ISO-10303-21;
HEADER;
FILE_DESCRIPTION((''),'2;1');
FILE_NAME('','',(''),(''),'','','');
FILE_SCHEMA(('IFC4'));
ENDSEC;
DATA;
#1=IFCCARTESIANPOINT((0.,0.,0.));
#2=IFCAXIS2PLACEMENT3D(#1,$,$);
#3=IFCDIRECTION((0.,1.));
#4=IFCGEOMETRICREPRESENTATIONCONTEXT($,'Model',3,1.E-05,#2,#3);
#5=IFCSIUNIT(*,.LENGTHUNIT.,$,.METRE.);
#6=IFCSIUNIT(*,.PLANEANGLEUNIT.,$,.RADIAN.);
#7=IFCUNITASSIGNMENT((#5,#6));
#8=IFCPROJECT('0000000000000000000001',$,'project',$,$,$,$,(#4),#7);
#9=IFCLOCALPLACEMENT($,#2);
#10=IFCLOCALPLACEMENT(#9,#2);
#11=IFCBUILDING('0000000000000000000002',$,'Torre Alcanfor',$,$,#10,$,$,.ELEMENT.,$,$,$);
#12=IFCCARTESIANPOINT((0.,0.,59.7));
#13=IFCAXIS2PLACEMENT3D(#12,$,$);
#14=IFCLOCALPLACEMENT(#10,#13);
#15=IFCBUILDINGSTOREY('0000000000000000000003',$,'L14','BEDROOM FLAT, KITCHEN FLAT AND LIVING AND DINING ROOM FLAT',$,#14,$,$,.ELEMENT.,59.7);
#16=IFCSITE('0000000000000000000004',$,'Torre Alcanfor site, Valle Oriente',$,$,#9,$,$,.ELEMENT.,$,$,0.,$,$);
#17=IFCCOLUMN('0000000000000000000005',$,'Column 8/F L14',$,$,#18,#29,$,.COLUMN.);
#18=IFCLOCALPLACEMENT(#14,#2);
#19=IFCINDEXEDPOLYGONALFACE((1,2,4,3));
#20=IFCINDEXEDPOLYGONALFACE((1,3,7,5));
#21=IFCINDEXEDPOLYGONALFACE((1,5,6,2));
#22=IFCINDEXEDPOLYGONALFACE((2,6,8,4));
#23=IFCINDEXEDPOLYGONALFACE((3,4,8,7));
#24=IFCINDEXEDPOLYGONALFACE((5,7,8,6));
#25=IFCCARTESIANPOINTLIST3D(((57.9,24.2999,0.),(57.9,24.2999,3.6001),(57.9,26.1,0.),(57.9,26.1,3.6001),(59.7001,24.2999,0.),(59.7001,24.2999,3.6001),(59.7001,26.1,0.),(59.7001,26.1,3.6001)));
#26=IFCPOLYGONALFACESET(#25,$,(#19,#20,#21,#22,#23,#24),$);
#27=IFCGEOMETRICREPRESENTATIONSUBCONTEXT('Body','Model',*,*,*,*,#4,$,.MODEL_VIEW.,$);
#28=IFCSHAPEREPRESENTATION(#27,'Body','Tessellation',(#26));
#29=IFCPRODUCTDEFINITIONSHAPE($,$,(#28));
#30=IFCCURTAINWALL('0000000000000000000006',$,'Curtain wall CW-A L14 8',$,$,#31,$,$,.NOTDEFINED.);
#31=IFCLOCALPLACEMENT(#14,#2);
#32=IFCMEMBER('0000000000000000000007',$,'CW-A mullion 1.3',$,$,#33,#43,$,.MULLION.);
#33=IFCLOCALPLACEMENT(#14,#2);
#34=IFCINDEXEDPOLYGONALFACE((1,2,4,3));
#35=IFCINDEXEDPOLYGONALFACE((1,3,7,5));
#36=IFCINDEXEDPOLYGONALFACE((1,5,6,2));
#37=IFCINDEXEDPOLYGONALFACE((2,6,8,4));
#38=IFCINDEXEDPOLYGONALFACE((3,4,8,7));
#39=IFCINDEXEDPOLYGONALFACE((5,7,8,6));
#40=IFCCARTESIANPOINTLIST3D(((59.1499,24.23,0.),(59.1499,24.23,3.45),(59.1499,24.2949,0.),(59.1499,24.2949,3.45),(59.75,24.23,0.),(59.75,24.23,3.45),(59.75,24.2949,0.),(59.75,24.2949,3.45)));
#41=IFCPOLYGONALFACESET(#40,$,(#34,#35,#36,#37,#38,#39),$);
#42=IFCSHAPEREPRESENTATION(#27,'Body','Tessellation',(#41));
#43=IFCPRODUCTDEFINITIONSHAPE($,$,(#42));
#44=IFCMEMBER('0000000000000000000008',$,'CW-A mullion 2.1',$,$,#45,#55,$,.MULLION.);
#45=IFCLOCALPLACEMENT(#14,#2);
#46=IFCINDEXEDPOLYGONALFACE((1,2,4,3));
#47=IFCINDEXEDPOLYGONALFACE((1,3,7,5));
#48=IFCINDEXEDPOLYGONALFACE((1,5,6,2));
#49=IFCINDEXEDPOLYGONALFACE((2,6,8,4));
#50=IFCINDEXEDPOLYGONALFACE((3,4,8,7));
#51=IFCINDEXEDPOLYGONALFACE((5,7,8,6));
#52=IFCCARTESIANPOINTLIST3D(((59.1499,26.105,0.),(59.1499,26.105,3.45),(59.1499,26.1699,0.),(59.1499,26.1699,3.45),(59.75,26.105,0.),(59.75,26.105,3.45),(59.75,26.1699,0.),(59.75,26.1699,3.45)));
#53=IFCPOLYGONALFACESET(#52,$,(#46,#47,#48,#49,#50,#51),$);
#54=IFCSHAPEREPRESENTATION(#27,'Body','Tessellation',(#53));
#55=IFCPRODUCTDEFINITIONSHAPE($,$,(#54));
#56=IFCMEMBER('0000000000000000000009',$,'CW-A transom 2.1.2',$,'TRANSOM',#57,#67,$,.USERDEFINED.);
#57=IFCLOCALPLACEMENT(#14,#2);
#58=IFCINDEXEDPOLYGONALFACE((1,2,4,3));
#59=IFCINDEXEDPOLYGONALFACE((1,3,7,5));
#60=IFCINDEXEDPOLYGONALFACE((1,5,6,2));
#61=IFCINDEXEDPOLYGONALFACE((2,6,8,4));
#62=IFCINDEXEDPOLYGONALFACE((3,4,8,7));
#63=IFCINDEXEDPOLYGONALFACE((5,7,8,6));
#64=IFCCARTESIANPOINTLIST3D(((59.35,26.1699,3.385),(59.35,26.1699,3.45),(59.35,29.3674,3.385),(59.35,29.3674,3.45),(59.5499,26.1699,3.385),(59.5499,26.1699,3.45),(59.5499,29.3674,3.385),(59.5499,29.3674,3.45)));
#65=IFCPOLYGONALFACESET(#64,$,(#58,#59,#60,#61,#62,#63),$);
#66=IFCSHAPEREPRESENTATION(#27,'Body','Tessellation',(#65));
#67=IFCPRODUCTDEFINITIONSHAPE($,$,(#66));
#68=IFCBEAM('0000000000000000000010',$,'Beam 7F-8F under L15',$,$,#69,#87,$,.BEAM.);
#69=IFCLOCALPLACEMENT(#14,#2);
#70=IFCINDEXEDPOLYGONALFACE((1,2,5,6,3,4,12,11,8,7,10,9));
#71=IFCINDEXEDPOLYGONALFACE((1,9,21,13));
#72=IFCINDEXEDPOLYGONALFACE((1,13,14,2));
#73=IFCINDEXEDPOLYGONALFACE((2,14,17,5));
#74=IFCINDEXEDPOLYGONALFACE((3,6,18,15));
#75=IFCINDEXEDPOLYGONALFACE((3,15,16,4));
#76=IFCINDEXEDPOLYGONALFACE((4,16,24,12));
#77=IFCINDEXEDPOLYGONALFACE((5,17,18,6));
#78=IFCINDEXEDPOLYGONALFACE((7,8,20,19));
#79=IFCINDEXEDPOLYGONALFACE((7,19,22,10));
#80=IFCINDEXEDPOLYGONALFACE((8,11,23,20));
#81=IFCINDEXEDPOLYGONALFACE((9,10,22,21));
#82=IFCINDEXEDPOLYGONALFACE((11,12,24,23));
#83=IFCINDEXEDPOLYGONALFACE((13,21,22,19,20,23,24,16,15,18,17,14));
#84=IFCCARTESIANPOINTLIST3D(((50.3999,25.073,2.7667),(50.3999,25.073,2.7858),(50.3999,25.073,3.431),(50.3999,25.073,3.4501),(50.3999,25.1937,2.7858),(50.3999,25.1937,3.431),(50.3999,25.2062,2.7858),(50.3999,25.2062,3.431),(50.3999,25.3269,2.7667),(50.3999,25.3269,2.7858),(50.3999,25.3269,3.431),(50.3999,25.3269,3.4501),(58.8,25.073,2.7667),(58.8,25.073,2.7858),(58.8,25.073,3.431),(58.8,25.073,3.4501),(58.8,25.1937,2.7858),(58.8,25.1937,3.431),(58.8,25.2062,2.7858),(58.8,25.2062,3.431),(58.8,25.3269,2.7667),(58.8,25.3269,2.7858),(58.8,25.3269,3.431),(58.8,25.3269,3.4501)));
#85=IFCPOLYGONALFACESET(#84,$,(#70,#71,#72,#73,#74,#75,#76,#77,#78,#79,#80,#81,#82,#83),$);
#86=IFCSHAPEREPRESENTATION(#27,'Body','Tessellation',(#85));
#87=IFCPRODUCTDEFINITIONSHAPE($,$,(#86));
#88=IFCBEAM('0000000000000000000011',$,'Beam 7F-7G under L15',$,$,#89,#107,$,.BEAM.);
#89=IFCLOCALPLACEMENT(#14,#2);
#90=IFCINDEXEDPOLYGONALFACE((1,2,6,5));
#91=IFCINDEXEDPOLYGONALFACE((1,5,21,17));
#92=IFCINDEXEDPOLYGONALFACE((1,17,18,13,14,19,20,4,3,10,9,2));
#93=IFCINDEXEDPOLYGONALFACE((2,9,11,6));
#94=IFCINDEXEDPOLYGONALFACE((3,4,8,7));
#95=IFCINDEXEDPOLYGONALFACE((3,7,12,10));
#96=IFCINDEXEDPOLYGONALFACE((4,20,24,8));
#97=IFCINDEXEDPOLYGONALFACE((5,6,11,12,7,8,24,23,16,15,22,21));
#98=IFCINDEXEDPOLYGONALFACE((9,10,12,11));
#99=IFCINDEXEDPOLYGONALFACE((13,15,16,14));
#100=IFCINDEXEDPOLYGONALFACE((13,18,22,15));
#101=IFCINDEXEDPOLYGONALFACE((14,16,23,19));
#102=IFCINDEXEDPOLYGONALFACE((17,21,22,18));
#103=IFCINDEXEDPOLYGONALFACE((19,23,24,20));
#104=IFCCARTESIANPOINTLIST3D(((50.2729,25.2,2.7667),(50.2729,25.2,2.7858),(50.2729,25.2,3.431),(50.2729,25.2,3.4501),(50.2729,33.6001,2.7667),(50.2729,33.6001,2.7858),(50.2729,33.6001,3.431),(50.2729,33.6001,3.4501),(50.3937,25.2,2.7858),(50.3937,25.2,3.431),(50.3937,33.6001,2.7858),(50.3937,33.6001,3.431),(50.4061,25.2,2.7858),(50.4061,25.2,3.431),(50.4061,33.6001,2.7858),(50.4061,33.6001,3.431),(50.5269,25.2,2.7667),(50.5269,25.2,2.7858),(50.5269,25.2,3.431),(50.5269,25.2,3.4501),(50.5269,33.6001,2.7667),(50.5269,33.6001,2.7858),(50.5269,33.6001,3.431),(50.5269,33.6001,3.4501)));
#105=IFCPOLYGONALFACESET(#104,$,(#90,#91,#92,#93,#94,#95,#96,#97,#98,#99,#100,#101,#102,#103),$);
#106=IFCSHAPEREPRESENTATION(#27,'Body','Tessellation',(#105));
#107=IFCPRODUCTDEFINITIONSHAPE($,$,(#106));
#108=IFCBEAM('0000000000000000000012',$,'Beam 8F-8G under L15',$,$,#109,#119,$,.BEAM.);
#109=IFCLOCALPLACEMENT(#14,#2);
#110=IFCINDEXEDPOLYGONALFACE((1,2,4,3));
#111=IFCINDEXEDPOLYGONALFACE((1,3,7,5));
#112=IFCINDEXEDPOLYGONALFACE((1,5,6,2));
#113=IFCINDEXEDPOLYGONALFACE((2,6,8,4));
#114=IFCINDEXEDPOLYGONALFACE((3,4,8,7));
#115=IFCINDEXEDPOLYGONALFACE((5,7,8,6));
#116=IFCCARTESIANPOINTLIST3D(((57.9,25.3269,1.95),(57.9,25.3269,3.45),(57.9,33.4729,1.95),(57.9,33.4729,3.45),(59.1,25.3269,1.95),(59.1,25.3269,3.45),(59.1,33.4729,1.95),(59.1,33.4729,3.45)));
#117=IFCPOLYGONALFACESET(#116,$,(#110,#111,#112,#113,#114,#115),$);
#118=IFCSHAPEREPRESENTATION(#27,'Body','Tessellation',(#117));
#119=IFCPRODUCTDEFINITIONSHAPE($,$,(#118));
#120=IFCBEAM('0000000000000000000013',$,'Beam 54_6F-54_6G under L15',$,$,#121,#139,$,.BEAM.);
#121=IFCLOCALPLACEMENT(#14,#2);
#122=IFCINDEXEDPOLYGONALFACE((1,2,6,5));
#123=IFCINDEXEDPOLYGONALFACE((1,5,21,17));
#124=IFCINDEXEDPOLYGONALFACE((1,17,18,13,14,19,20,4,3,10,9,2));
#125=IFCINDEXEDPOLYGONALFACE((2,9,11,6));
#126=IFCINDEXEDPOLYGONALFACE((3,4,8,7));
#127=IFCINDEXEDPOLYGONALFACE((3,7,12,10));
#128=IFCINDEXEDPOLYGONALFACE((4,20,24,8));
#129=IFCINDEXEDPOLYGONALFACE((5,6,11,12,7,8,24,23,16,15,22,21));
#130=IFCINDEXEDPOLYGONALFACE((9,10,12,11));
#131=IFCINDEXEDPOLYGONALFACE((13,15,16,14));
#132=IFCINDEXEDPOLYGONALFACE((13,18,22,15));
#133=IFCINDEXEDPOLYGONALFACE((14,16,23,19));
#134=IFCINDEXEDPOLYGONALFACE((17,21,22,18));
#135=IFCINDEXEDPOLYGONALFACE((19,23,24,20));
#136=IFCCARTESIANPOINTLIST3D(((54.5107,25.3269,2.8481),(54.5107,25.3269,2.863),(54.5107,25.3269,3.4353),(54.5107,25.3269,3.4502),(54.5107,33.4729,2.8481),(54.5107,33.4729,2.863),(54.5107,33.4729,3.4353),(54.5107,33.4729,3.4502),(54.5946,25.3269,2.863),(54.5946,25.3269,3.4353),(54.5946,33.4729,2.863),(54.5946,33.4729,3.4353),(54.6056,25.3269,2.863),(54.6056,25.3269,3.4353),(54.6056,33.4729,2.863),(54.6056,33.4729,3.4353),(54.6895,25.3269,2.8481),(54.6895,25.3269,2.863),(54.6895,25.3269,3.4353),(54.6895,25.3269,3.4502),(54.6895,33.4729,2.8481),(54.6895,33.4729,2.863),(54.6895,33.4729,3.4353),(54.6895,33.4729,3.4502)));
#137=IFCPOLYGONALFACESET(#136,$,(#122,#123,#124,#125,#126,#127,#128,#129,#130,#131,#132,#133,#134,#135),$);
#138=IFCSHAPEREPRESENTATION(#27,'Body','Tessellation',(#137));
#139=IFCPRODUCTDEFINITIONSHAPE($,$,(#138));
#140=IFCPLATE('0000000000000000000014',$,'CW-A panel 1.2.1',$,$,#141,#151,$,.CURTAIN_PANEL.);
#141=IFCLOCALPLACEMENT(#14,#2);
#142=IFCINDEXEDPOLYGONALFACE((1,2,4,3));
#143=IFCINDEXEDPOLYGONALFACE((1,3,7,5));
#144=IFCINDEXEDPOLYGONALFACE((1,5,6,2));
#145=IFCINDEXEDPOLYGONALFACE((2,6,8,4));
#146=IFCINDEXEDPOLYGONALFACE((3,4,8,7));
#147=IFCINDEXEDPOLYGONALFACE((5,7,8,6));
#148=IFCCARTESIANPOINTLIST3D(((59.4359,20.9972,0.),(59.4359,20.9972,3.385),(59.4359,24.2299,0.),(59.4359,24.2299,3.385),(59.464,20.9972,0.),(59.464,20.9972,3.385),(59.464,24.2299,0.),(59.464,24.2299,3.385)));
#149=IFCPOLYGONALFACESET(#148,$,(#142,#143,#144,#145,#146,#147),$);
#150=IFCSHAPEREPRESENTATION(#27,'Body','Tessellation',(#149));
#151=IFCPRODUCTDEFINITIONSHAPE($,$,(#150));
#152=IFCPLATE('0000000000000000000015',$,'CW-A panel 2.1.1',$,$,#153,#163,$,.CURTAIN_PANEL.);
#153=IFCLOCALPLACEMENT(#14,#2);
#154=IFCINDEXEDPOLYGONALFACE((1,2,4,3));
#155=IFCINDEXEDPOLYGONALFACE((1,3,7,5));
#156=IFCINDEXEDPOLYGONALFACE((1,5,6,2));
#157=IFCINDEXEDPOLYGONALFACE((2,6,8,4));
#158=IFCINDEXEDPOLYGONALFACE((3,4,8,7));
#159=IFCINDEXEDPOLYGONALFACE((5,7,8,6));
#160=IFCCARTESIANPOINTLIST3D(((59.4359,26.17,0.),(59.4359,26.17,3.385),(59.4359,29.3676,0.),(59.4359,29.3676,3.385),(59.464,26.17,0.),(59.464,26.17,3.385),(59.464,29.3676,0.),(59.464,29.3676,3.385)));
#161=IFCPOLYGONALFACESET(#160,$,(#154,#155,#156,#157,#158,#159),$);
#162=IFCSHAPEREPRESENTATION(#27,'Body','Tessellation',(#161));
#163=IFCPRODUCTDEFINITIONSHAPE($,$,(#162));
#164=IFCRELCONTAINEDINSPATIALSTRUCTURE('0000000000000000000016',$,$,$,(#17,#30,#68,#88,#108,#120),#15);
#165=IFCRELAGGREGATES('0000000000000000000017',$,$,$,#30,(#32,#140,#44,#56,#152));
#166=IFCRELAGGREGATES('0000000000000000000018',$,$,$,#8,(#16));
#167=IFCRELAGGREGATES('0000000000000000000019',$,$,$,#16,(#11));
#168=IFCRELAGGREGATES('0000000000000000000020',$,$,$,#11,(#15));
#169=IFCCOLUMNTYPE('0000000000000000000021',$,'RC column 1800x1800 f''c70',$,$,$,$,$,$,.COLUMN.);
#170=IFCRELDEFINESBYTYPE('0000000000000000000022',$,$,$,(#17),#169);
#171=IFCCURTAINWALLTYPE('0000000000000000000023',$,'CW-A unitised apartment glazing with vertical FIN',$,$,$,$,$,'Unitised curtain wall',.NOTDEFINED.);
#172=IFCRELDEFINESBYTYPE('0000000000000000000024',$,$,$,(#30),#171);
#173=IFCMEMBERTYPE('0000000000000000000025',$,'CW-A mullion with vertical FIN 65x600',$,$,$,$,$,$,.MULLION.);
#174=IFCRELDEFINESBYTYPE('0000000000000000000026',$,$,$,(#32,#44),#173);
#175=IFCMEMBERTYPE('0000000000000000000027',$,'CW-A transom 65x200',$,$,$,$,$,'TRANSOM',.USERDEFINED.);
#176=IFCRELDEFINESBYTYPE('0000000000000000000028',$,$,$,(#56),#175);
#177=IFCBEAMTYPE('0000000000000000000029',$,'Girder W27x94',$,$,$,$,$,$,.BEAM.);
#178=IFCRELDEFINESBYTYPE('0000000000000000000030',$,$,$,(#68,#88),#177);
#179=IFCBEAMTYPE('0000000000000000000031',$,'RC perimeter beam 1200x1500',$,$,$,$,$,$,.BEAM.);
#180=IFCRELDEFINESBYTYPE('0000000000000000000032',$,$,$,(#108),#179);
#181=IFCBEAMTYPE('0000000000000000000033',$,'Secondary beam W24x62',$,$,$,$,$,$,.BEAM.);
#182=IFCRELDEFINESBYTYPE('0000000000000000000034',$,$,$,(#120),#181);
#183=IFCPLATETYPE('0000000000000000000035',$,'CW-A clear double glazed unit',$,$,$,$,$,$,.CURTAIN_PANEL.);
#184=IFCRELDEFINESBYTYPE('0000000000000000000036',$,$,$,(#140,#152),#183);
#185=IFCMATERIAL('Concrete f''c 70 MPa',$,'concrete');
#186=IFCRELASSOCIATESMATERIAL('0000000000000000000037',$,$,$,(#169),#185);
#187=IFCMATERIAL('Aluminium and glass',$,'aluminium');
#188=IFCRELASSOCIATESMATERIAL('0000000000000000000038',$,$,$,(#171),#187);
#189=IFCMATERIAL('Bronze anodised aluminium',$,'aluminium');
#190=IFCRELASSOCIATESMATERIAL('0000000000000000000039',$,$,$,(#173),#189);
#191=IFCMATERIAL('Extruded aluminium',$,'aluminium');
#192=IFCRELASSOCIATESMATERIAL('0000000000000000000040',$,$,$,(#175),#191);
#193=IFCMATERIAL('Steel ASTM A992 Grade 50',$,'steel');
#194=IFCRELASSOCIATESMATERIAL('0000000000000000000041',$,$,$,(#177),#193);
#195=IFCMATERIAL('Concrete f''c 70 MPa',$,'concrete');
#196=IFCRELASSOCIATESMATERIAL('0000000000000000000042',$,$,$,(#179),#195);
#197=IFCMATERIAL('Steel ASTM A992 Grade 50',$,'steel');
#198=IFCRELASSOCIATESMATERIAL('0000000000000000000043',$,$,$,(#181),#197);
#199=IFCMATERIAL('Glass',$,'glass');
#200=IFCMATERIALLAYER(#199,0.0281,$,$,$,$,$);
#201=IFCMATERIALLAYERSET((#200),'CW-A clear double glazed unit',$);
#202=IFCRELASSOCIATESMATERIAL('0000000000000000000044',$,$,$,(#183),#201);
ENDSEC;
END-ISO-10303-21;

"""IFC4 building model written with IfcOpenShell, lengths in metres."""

from ifc_helpers import new_model, si_unit, direction, frame, origin, origin_2d, place, context, subcontext, project, spatial, rectangle, i_section, extrude, material, layer, layer_set, material_profile, profile_set, type_object, element, aggregate, save


model = new_model("IFC4")

# Units and contexts
model_context = context("Model", 3, precision=1e-05, world=origin(), true_north=direction((0.0, 1.0)))
body_context = subcontext(model_context, "Body", "Model", "MODEL_VIEW")
ifc_project = project(units=[si_unit("LENGTHUNIT", "METRE"), si_unit("PLANEANGLEUNIT", "RADIAN")], contexts=[model_context])

# Site, building, storey
site_placement = place(None, origin())
site = spatial("IfcSite", under=ifc_project, at=site_placement, Name="Torre Alcanfor site, Valle Oriente", CompositionType="ELEMENT", RefElevation=0.0)
building_placement = place(site_placement, origin())
building = spatial("IfcBuilding", under=site, at=building_placement, Name="Torre Alcanfor", CompositionType="ELEMENT")
storey_placement = place(building_placement, frame((0.0, 0.0, 59.7)))
storey = spatial("IfcBuildingStorey", under=building, at=storey_placement, Name="L14", Description="BEDROOM FLAT, KITCHEN FLAT AND LIVING AND DINING ROOM FLAT", CompositionType="ELEMENT", Elevation=59.7)

# Column
ifc_material_1 = material(Name="Concrete f'c 70 MPa", Category="concrete")
ifc_material_profile_1 = material_profile(ifc_material_1, rectangle(XDim=1.8, YDim=1.8, at=origin_2d()), Name="1800x1800")
ifc_profile_set_1 = profile_set([ifc_material_profile_1], Name="Concrete f'c 70 MPa")
column_type = type_object("IfcColumnType", Name="RC column 1800x1800 f'c70", PredefinedType="COLUMN", material=ifc_profile_set_1)
column_placement = place(storey_placement, frame((58.8, 25.2, 0.0), z_axis=(0.0, 0.0, 1.0), x_axis=(1.0, 0.0, 0.0)))
element("IfcColumn", 1, at=column_placement, inside=storey, type_object=column_type, Name="Column 8/F L14", PredefinedType="COLUMN", context=body_context, shape_type="SweptSolid", body=[
    extrude(rectangle(XDim=1.8, YDim=1.8, at=origin_2d()), origin(), (0.0, 0.0, 1.0), 3.6001),
])

# Curtain wall, members
ifc_material_2 = material(Name="Aluminium and glass", Category="aluminium")
curtain_wall_type = type_object("IfcCurtainWallType", Name="CW-A unitised apartment glazing with vertical FIN", ElementType="Unitised curtain wall", PredefinedType="NOTDEFINED", material=ifc_material_2)
curtain_wall_placement = place(storey_placement, origin())
curtain_wall = element("IfcCurtainWall", 2, at=curtain_wall_placement, inside=storey, type_object=curtain_wall_type, Name="Curtain wall CW-A L14 8", PredefinedType="NOTDEFINED")
ifc_material_3 = material(Name="Bronze anodised aluminium", Category="aluminium")
ifc_material_profile_2 = material_profile(ifc_material_3, rectangle(XDim=0.6001, YDim=0.0649, at=origin_2d()), Name="CW-A mullion 65x600")
ifc_profile_set_2 = profile_set([ifc_material_profile_2], Name="Bronze anodised aluminium")
member_type_1 = type_object("IfcMemberType", Name="CW-A mullion with vertical FIN 65x600", PredefinedType="MULLION", material=ifc_profile_set_2)
member_1_placement = place(storey_placement, frame((59.45, 24.2625, 0.0), z_axis=(0.0, 0.0, 1.0), x_axis=(-1.0, 0.0, 0.0)))
member_1 = element("IfcMember", 3, at=member_1_placement, type_object=member_type_1, Name="CW-A mullion 1.3", PredefinedType="MULLION", context=body_context, shape_type="SweptSolid", body=[
    extrude(rectangle(XDim=0.6001, YDim=0.0649, at=origin_2d()), origin(), (0.0, 0.0, 1.0), 3.45),
])
member_2_placement = place(storey_placement, frame((59.45, 26.1375, 0.0), z_axis=(0.0, 0.0, 1.0), x_axis=(-1.0, 0.0, 0.0)))
member_2 = element("IfcMember", 4, at=member_2_placement, type_object=member_type_1, Name="CW-A mullion 2.1", PredefinedType="MULLION", context=body_context, shape_type="SweptSolid", body=[
    extrude(rectangle(XDim=0.6001, YDim=0.0649, at=origin_2d()), origin(), (0.0, 0.0, 1.0), 3.45),
])
ifc_material_4 = material(Name="Extruded aluminium", Category="aluminium")
ifc_material_profile_3 = material_profile(ifc_material_4, rectangle(XDim=0.2, YDim=0.0649, at=origin_2d()), Name="CW-A transom 200x65")
ifc_profile_set_3 = profile_set([ifc_material_profile_3], Name="Extruded aluminium")
member_type_2 = type_object("IfcMemberType", Name="CW-A transom 65x200", ElementType="TRANSOM", PredefinedType="USERDEFINED", material=ifc_profile_set_3)
member_3_placement = place(storey_placement, frame((59.45, 26.1699, 3.4175), z_axis=(0.0, 1.0, 0.0), x_axis=(-1.0, 0.0, 0.0)))
member_3 = element("IfcMember", 5, at=member_3_placement, type_object=member_type_2, Name="CW-A transom 2.1.2", ObjectType="TRANSOM", PredefinedType="USERDEFINED", context=body_context, shape_type="SweptSolid", body=[
    extrude(rectangle(XDim=0.2, YDim=0.0649, at=origin_2d()), origin(), (0.0, 0.0, 1.0), 3.1975),
])

# Beams
ifc_material_5 = material(Name="Steel ASTM A992 Grade 50", Category="steel")
ifc_material_profile_4 = material_profile(ifc_material_5, i_section(OverallWidth=0.2539, OverallDepth=0.6833, WebThickness=0.0125, FlangeThickness=0.019, at=origin_2d()), Name="W27x94")
ifc_profile_set_4 = profile_set([ifc_material_profile_4], Name="Steel ASTM A992 Grade 50")
beam_type_1 = type_object("IfcBeamType", Name="Girder W27x94", PredefinedType="BEAM", material=ifc_profile_set_4)
for number, where, z_axis, x_axis, name in (
    (6, (50.3999, 25.2, 3.1084), (1.0, 0.0, 0.0), (0.0, 1.0, 0.0), "Beam 7F-8F under L15"),
    (7, (50.3999, 25.2, 3.1084), (0.0, 1.0, 0.0), (-1.0, 0.0, 0.0), "Beam 7F-7G under L15"),
):
    element("IfcBeam", number, at=place(storey_placement, frame(where, z_axis=z_axis, x_axis=x_axis)), inside=storey, type_object=beam_type_1, Name=name, PredefinedType="BEAM", context=body_context, shape_type="SweptSolid", body=[
        extrude(i_section(OverallWidth=0.2539, OverallDepth=0.6833, WebThickness=0.0125, FlangeThickness=0.019, at=origin_2d()), origin(), (0.0, 0.0, 1.0), 8.4001),
    ])
ifc_material_6 = material(Name="Concrete f'c 70 MPa", Category="concrete")
ifc_material_profile_5 = material_profile(ifc_material_6, rectangle(XDim=1.2, YDim=1.5, at=origin_2d()), Name="1200x1500")
ifc_profile_set_5 = profile_set([ifc_material_profile_5], Name="Concrete f'c 70 MPa")
beam_type_2 = type_object("IfcBeamType", Name="RC perimeter beam 1200x1500", PredefinedType="BEAM", material=ifc_profile_set_5)
beam_1_placement = place(storey_placement, frame((58.5, 25.3269, 2.7), z_axis=(0.0, 1.0, 0.0), x_axis=(-1.0, 0.0, 0.0)))
element("IfcBeam", 8, at=beam_1_placement, inside=storey, type_object=beam_type_2, Name="Beam 8F-8G under L15", PredefinedType="BEAM", context=body_context, shape_type="SweptSolid", body=[
    extrude(rectangle(XDim=1.2, YDim=1.5, at=origin_2d()), origin(), (0.0, 0.0, 1.0), 8.146),
])
ifc_material_7 = material(Name="Steel ASTM A992 Grade 50", Category="steel")
ifc_material_profile_6 = material_profile(ifc_material_7, i_section(OverallWidth=0.1787, OverallDepth=0.6021, WebThickness=0.011, FlangeThickness=0.0149, at=origin_2d()), Name="W24x62")
ifc_profile_set_6 = profile_set([ifc_material_profile_6], Name="Steel ASTM A992 Grade 50")
beam_type_3 = type_object("IfcBeamType", Name="Secondary beam W24x62", PredefinedType="BEAM", material=ifc_profile_set_6)
beam_2_placement = place(storey_placement, frame((54.6001, 25.3269, 3.1492), z_axis=(0.0, 1.0, 0.0), x_axis=(-1.0, 0.0, 0.0)))
element("IfcBeam", 9, at=beam_2_placement, inside=storey, type_object=beam_type_3, Name="Beam 54_6F-54_6G under L15", PredefinedType="BEAM", context=body_context, shape_type="SweptSolid", body=[
    extrude(i_section(OverallWidth=0.1787, OverallDepth=0.6021, WebThickness=0.011, FlangeThickness=0.0149, at=origin_2d()), origin(), (0.0, 0.0, 1.0), 8.146),
])

# Plates
ifc_material_8 = material(Name="Glass", Category="glass")
ifc_layer_1 = layer(ifc_material_8, 0.0281)
ifc_layer_set_1 = layer_set([ifc_layer_1], Name="CW-A clear double glazed unit")
plate_type = type_object("IfcPlateType", Name="CW-A clear double glazed unit", PredefinedType="CURTAIN_PANEL", material=ifc_layer_set_1)
plate_1_placement = place(storey_placement, frame((59.45, 22.6135, 0.0), z_axis=(0.0, 0.0, 1.0), x_axis=(0.0, 1.0, 0.0)))
plate_1 = element("IfcPlate", 10, at=plate_1_placement, type_object=plate_type, Name="CW-A panel 1.2.1", PredefinedType="CURTAIN_PANEL", context=body_context, shape_type="SweptSolid", body=[
    extrude(rectangle(XDim=3.2327, YDim=0.0281, at=origin_2d()), origin(), (0.0, 0.0, 1.0), 3.385),
])
plate_2_placement = place(storey_placement, frame((59.45, 27.7688, 0.0), z_axis=(0.0, 0.0, 1.0), x_axis=(0.0, 1.0, 0.0)))
plate_2 = element("IfcPlate", 11, at=plate_2_placement, type_object=plate_type, Name="CW-A panel 2.1.1", PredefinedType="CURTAIN_PANEL", context=body_context, shape_type="SweptSolid", body=[
    extrude(rectangle(XDim=3.1975, YDim=0.0281, at=origin_2d()), origin(), (0.0, 0.0, 1.0), 3.385),
])
aggregate(curtain_wall, [member_1, plate_1, member_2, member_3, plate_2])

save(model, "model.ifc")
